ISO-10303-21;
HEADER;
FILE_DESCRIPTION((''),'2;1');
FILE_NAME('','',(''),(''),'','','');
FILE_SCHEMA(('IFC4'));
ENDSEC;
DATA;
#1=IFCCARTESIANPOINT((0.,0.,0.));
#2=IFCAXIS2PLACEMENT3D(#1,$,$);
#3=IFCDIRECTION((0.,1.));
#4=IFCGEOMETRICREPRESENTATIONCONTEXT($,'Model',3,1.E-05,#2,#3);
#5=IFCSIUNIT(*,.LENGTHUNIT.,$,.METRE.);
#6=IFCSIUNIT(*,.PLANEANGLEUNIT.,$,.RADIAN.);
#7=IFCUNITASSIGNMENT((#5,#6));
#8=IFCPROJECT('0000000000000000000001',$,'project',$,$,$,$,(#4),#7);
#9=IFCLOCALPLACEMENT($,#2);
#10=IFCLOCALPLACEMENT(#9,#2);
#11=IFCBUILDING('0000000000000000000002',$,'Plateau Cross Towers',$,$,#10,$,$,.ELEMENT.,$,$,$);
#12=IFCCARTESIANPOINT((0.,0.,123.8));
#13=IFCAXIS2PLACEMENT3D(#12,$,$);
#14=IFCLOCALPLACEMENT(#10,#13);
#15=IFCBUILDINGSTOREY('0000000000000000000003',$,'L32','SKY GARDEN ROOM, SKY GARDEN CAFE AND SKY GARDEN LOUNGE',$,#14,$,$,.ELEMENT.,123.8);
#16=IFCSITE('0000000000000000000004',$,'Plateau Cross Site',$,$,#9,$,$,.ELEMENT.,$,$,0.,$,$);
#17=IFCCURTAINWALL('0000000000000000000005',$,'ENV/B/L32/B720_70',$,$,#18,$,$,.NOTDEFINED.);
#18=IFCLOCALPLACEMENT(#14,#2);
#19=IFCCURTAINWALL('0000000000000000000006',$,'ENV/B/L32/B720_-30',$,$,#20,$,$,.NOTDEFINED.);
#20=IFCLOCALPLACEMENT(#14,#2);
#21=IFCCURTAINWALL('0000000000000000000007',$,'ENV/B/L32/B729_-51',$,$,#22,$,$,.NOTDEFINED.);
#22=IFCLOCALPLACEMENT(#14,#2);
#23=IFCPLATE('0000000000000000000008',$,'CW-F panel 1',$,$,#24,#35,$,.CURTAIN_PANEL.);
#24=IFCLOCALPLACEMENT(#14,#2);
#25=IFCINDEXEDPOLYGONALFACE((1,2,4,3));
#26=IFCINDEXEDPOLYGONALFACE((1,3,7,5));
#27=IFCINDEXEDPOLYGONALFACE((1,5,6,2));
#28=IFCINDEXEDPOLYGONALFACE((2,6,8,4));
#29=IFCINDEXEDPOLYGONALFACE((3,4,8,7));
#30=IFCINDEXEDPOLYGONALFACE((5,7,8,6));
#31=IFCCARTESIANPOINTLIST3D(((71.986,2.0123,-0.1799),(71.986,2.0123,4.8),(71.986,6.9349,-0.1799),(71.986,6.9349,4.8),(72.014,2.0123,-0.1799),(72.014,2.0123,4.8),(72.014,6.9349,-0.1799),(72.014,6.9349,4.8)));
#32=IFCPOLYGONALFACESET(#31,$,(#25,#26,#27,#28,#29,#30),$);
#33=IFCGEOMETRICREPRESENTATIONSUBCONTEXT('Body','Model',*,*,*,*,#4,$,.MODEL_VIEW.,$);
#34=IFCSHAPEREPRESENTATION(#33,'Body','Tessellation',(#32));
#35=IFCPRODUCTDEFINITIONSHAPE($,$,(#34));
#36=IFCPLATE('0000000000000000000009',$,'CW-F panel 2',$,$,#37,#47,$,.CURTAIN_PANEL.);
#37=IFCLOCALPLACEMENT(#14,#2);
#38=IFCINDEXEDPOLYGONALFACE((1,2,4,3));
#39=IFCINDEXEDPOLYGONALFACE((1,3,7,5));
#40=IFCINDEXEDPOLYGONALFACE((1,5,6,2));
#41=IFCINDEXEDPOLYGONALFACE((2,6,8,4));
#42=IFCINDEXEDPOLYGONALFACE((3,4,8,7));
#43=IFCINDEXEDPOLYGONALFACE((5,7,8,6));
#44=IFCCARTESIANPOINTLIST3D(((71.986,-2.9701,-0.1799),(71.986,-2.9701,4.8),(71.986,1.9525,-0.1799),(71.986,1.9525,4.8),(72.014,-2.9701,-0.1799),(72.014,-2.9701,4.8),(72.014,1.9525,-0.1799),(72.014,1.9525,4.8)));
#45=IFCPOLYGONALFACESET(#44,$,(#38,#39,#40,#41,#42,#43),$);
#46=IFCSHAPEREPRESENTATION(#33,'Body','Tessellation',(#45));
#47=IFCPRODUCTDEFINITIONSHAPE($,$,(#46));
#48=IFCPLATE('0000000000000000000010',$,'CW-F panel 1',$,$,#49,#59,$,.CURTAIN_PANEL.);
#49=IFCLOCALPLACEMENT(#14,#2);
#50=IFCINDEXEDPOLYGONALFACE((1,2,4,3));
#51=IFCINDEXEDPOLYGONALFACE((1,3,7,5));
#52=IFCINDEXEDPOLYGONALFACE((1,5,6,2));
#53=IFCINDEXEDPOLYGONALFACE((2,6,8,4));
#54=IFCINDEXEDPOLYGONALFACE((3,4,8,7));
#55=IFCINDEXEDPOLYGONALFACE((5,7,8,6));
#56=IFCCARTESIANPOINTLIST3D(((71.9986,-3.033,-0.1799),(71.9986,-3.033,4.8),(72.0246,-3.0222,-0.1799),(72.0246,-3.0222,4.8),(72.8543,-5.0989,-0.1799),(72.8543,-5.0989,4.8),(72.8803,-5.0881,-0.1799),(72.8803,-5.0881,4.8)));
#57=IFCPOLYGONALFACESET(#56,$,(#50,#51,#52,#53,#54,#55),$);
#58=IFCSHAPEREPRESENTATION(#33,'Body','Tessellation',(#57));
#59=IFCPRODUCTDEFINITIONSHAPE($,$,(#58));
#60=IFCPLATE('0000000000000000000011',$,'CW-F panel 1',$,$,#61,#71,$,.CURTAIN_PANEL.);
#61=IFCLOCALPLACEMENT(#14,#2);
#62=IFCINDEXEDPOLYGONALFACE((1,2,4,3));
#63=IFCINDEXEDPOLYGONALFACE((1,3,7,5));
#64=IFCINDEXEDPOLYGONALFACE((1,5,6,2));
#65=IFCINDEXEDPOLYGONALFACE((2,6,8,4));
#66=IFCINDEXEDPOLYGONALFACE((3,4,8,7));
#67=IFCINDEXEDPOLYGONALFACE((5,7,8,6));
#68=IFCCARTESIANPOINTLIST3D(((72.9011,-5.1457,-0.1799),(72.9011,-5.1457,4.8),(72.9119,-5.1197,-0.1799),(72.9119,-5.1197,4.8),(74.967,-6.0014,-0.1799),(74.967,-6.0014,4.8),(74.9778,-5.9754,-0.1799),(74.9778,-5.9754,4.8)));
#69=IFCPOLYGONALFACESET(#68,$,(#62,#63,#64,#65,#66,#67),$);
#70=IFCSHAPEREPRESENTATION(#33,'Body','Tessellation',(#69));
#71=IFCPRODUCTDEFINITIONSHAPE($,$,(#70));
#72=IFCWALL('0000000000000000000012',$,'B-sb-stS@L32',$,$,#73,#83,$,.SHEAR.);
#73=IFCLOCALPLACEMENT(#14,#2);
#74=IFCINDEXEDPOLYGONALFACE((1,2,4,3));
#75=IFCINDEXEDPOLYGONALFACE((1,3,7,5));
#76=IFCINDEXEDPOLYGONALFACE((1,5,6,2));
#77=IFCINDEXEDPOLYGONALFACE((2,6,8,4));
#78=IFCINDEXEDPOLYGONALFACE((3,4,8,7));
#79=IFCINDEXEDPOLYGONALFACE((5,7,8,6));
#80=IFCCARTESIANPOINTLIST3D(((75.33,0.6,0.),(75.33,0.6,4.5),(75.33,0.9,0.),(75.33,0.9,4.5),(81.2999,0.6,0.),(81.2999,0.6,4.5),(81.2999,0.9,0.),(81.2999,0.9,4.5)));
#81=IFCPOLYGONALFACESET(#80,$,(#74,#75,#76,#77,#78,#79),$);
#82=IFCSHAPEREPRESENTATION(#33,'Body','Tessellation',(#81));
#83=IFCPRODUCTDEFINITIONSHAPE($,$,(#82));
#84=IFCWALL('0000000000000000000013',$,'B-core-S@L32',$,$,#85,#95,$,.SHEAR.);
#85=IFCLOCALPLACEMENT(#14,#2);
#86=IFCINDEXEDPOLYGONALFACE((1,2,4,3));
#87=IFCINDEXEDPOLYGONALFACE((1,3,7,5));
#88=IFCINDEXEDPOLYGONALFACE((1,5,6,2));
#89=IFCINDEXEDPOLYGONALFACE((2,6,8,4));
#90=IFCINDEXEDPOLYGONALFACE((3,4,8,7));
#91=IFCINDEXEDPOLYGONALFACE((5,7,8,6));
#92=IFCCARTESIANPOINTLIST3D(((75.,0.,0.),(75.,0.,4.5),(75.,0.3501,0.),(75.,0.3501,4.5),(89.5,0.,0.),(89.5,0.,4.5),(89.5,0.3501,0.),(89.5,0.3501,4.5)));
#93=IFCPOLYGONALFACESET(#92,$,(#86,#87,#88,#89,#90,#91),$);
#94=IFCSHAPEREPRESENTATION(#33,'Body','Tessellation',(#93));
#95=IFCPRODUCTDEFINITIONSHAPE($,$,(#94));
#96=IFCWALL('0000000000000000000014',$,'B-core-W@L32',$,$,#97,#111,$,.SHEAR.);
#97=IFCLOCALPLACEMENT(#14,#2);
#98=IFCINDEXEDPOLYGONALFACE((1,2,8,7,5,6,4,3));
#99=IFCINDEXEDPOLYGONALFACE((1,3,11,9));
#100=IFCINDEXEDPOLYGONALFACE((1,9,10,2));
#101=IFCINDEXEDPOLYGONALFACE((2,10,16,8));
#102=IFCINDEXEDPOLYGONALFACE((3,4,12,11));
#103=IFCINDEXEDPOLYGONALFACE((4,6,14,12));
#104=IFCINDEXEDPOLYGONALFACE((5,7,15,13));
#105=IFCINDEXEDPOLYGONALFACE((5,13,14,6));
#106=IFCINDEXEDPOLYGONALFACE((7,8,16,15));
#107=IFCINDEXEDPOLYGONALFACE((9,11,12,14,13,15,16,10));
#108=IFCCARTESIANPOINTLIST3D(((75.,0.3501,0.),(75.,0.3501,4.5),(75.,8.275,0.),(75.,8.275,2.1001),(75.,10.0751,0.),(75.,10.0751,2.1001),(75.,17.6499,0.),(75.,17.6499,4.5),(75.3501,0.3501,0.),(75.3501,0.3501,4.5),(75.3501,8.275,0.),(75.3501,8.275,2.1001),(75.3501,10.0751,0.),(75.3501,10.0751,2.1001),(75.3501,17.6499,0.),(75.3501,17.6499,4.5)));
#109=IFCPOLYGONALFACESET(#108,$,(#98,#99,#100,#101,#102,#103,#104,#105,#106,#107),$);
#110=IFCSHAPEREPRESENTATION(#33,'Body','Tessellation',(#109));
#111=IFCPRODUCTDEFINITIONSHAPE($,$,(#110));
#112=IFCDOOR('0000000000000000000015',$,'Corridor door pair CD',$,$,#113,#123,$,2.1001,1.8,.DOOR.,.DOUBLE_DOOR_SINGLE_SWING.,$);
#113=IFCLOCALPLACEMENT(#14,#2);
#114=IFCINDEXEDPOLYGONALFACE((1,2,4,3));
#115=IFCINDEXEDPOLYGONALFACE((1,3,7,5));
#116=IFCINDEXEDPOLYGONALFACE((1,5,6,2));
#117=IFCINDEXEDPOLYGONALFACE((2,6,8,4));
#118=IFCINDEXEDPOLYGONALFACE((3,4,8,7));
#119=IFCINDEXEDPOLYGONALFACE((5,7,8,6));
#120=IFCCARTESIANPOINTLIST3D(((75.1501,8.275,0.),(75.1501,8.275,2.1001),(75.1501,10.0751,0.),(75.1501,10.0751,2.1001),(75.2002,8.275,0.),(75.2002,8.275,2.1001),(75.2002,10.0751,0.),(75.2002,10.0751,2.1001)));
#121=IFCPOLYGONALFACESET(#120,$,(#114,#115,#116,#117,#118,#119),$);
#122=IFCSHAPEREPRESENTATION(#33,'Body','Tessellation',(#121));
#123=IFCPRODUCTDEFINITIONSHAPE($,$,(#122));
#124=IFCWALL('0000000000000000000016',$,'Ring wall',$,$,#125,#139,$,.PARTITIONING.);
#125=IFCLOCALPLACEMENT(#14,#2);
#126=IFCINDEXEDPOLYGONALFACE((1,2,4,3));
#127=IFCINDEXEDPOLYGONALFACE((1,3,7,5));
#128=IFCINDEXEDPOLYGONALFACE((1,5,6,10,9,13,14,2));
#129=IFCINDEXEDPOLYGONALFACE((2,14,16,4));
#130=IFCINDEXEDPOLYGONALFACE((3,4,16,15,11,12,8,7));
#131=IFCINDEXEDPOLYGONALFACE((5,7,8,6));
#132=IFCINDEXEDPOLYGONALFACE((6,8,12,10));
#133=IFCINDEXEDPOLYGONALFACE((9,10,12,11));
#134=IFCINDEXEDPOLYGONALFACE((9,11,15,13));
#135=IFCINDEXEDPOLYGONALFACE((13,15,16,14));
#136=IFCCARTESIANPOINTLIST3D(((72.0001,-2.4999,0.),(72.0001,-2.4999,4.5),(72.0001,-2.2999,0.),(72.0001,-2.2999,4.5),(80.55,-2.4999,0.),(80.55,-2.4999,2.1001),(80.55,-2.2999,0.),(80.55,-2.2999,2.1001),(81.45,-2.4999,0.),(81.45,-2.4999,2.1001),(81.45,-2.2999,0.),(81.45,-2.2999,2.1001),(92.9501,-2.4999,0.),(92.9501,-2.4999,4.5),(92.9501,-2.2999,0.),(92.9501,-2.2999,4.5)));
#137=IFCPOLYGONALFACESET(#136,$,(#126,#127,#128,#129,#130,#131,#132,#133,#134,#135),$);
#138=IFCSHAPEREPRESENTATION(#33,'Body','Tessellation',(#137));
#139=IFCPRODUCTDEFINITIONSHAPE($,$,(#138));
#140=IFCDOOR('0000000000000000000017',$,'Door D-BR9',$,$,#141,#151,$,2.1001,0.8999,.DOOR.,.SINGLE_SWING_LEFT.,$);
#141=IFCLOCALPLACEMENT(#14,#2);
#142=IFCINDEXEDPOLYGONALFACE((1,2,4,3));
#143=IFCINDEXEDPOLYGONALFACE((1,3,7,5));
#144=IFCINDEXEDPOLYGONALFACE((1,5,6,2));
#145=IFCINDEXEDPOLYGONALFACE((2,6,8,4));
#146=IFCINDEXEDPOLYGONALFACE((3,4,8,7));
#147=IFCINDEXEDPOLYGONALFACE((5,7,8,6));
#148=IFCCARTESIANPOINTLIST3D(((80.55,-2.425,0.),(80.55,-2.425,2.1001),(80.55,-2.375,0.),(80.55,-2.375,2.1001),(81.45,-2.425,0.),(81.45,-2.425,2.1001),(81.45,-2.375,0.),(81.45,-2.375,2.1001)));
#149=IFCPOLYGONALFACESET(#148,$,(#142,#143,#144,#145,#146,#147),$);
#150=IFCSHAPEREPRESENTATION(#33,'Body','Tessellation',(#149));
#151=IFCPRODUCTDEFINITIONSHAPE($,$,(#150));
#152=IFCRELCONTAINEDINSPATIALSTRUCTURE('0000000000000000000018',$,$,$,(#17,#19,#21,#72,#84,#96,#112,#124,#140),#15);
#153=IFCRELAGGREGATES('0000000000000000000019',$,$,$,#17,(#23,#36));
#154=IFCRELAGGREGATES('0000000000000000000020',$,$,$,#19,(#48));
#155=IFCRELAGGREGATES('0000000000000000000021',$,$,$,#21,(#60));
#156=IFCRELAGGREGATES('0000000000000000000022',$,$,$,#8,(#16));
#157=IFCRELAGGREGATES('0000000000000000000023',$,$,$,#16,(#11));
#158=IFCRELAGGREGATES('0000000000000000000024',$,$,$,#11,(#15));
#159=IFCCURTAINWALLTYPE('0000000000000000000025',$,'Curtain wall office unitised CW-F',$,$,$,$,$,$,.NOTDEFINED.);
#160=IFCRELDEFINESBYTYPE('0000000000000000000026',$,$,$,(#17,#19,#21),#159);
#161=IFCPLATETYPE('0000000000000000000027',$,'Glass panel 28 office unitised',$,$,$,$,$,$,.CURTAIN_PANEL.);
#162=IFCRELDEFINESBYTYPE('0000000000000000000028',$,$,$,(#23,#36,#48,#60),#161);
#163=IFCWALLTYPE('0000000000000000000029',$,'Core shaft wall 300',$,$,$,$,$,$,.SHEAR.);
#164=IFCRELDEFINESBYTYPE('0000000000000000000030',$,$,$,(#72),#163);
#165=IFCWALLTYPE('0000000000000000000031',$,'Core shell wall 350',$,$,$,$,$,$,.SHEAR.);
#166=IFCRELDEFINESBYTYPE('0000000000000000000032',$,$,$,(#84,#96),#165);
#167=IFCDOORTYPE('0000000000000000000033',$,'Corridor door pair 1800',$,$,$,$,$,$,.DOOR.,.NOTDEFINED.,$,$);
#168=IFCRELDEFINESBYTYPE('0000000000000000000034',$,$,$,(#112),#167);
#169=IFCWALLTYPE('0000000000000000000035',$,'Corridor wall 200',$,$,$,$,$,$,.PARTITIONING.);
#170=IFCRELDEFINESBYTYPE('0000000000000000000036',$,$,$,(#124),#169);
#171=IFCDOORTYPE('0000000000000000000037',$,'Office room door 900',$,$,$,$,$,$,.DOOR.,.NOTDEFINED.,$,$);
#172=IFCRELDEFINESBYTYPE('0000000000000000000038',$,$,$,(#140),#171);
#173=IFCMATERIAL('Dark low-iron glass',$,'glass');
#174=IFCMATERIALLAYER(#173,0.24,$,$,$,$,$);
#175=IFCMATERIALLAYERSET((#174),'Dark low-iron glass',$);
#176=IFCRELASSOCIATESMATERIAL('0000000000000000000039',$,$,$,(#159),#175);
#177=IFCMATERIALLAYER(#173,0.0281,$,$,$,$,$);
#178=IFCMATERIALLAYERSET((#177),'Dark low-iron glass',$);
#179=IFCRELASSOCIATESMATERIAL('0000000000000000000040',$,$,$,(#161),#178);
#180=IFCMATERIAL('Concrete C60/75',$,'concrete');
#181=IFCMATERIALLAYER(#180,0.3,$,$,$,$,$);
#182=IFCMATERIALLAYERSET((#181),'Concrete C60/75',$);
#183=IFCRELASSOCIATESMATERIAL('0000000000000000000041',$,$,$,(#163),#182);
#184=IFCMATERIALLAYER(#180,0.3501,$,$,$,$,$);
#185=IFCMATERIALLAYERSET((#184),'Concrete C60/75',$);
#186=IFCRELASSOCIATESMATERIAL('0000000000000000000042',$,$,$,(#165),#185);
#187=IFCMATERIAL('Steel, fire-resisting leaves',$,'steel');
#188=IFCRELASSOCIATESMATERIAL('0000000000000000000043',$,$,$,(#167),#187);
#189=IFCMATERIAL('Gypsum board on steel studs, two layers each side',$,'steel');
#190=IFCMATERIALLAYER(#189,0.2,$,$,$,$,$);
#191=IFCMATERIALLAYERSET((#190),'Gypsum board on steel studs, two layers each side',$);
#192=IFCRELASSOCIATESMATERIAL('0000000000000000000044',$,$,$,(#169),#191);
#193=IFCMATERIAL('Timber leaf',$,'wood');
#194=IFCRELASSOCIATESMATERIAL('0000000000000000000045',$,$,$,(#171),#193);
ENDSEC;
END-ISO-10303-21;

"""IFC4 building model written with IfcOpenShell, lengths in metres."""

from ifc_helpers import new_model, si_unit, direction, frame, frame_2d, origin, origin_2d, place, context, subcontext, project, spatial, rectangle, extrude, material, layer, layer_set, type_object, element, fill, aggregate, save


model = new_model("IFC4")

# Units and contexts
model_context = context("Model", 3, precision=1e-05, world=origin(), true_north=direction((0.0, 1.0)))
body_context = subcontext(model_context, "Body", "Model", "MODEL_VIEW")
ifc_project = project(units=[si_unit("LENGTHUNIT", "METRE"), si_unit("PLANEANGLEUNIT", "RADIAN")], contexts=[model_context])

# Site, building, storey
site_placement = place(None, origin())
site = spatial("IfcSite", under=ifc_project, at=site_placement, Name="Plateau Cross Site", CompositionType="ELEMENT", RefElevation=0.0)
building_placement = place(site_placement, origin())
building = spatial("IfcBuilding", under=site, at=building_placement, Name="Plateau Cross Towers", CompositionType="ELEMENT")
storey_placement = place(building_placement, frame((0.0, 0.0, 123.8)))
storey = spatial("IfcBuildingStorey", under=building, at=storey_placement, Name="L32", Description="SKY GARDEN ROOM, SKY GARDEN CAFE AND SKY GARDEN LOUNGE", CompositionType="ELEMENT", Elevation=123.8)

# Shared definitions
ifc_material_1 = material(Name="Concrete C60/75", Category="concrete")

# Shared definitions
ifc_material_2 = material(Name="Dark low-iron glass", Category="glass")
ifc_layer_1 = layer(ifc_material_2, 0.24)
ifc_layer_set_1 = layer_set([ifc_layer_1], Name="Dark low-iron glass")
curtain_wall_type = type_object("IfcCurtainWallType", Name="Curtain wall office unitised CW-F", PredefinedType="NOTDEFINED", material=ifc_layer_set_1)

# Curtain wall
curtain_wall_1_placement = place(storey_placement, origin())
curtain_wall_1 = element("IfcCurtainWall", 1, at=curtain_wall_1_placement, inside=storey, type_object=curtain_wall_type, Name="ENV/B/L32/B720_70", PredefinedType="NOTDEFINED")

# Curtain walls
curtain_wall_2_placement = place(storey_placement, origin())
curtain_wall_2 = element("IfcCurtainWall", 2, at=curtain_wall_2_placement, inside=storey, type_object=curtain_wall_type, Name="ENV/B/L32/B720_-30", PredefinedType="NOTDEFINED")
curtain_wall_3_placement = place(storey_placement, origin())
curtain_wall_3 = element("IfcCurtainWall", 3, at=curtain_wall_3_placement, inside=storey, type_object=curtain_wall_type, Name="ENV/B/L32/B729_-51", PredefinedType="NOTDEFINED")

# Plates
ifc_layer_2 = layer(ifc_material_2, 0.0281)
ifc_layer_set_2 = layer_set([ifc_layer_2], Name="Dark low-iron glass")
plate_type = type_object("IfcPlateType", Name="Glass panel 28 office unitised", PredefinedType="CURTAIN_PANEL", material=ifc_layer_set_2)
plate_1_placement = place(storey_placement, frame((72.0, 4.4736, -0.1799), z_axis=(0.0, 0.0, 1.0), x_axis=(0.0, -1.0, 0.0)))
plate_1 = element("IfcPlate", 4, at=plate_1_placement, type_object=plate_type, Name="CW-F panel 1", PredefinedType="CURTAIN_PANEL", context=body_context, shape_type="SweptSolid", body=[
    extrude(rectangle(XDim=4.9226, YDim=0.0281, at=origin_2d()), origin(), (0.0, 0.0, 1.0), 4.98),
])
plate_2_placement = place(storey_placement, frame((72.0, -0.5088, -0.1799), z_axis=(0.0, 0.0, 1.0), x_axis=(0.0, -1.0, 0.0)))
plate_2 = element("IfcPlate", 5, at=plate_2_placement, type_object=plate_type, Name="CW-F panel 2", PredefinedType="CURTAIN_PANEL", context=body_context, shape_type="SweptSolid", body=[
    extrude(rectangle(XDim=4.9226, YDim=0.0281, at=origin_2d()), origin(), (0.0, 0.0, 1.0), 4.98),
])
aggregate(curtain_wall_1, [plate_1, plate_2])
plate_3_placement = place(storey_placement, frame((72.4395, -4.0605, -0.1799), z_axis=(0.0, 0.0, 1.0), x_axis=(0.382684, -0.923879, 0.0)))
plate_3 = element("IfcPlate", 6, at=plate_3_placement, type_object=plate_type, Name="CW-F panel 1", PredefinedType="CURTAIN_PANEL", context=body_context, shape_type="SweptSolid", body=[
    extrude(rectangle(XDim=2.2361, YDim=0.0281, at=origin_2d()), origin(), (0.0, 0.0, 1.0), 4.98),
])
aggregate(curtain_wall_2, [plate_3])
plate_4_placement = place(storey_placement, frame((73.9395, -5.5605, -0.1799), z_axis=(0.0, 0.0, 1.0), x_axis=(0.923879, -0.382684, 0.0)))
plate_4 = element("IfcPlate", 7, at=plate_4_placement, type_object=plate_type, Name="CW-F panel 1", PredefinedType="CURTAIN_PANEL", context=body_context, shape_type="SweptSolid", body=[
    extrude(rectangle(XDim=2.2361, YDim=0.0281, at=origin_2d()), origin(), (0.0, 0.0, 1.0), 4.98),
])
aggregate(curtain_wall_3, [plate_4])

# Walls
ifc_layer_3 = layer(ifc_material_1, 0.3)
ifc_layer_set_3 = layer_set([ifc_layer_3], Name="Concrete C60/75")
wall_type_1 = type_object("IfcWallType", Name="Core shaft wall 300", PredefinedType="SHEAR", material=ifc_layer_set_3)
wall_1_placement = place(storey_placement, frame((75.3301, 0.75, 0.0), z_axis=(0.0, 0.0, 1.0), x_axis=(1.0, 0.0, 0.0)))
element("IfcWall", 8, at=wall_1_placement, inside=storey, type_object=wall_type_1, Name="B-sb-stS@L32", PredefinedType="SHEAR", context=body_context, shape_type="SweptSolid", body=[
    extrude(rectangle(XDim=5.97, YDim=0.3, at=frame_2d((2.9849, 0.0))), origin(), (0.0, 0.0, 1.0), 4.5),
])
ifc_layer_4 = layer(ifc_material_1, 0.3501)
ifc_layer_set_4 = layer_set([ifc_layer_4], Name="Concrete C60/75")
wall_type_2 = type_object("IfcWallType", Name="Core shell wall 350", PredefinedType="SHEAR", material=ifc_layer_set_4)
wall_2_placement = place(storey_placement, frame((75.0, 0.175, 0.0), z_axis=(0.0, 0.0, 1.0), x_axis=(1.0, 0.0, 0.0)))
element("IfcWall", 9, at=wall_2_placement, inside=storey, type_object=wall_type_2, Name="B-core-S@L32", PredefinedType="SHEAR", context=body_context, shape_type="SweptSolid", body=[
    extrude(rectangle(XDim=14.5, YDim=0.3501, at=frame_2d((7.25, 0.0))), origin(), (0.0, 0.0, 1.0), 4.5),
])

# Walls, openings, doors
wall_3_placement = place(storey_placement, frame((75.175, 0.3501, 0.0), z_axis=(0.0, 0.0, 1.0), x_axis=(0.0, 1.0, 0.0)))
wall_3 = element("IfcWall", 10, at=wall_3_placement, inside=storey, type_object=wall_type_2, Name="B-core-W@L32", PredefinedType="SHEAR", context=body_context, shape_type="SweptSolid", body=[
    extrude(rectangle(XDim=17.2998, YDim=0.3501, at=frame_2d((8.6499, 0.0))), origin(), (0.0, 0.0, 1.0), 4.5),
])
opening_1_placement = place(wall_3_placement, frame((7.925, 0.0, 0.0)))
opening_1 = element("IfcOpeningElement", 11, at=opening_1_placement, cuts=wall_3, PredefinedType="OPENING", context=body_context, shape_type="SweptSolid", body=[
    extrude(rectangle(XDim=1.8, YDim=2.1001, at=frame_2d((0.8999, 1.05))), frame((0.0, 0.1851, 0.0), z_axis=(0.0, -1.0, 0.0), x_axis=(1.0, 0.0, 0.0)), (0.0, 0.0, 1.0), 0.3701),
])
ifc_material_3 = material(Name="Steel, fire-resisting leaves", Category="steel")
door_type_1 = type_object("IfcDoorType", Name="Corridor door pair 1800", OperationType="NOTDEFINED", PredefinedType="DOOR", material=ifc_material_3)
door_1_placement = place(opening_1_placement, origin())
door_1 = element("IfcDoor", 12, at=door_1_placement, inside=storey, type_object=door_type_1, Name="Corridor door pair CD", OperationType="DOUBLE_DOOR_SINGLE_SWING", OverallHeight=2.1001, OverallWidth=1.8, PredefinedType="DOOR", context=body_context, shape_type="SweptSolid", body=[
    extrude(rectangle(XDim=1.8, YDim=2.1001, at=frame_2d((0.8999, 1.05))), frame((0.0, 0.0249, 0.0), z_axis=(0.0, -1.0, 0.0), x_axis=(1.0, 0.0, 0.0)), (0.0, 0.0, 1.0), 0.05),
])
fill(opening_1, door_1)
ifc_material_4 = material(Name="Gypsum board on steel studs, two layers each side", Category="steel")
ifc_layer_5 = layer(ifc_material_4, 0.2)
ifc_layer_set_5 = layer_set([ifc_layer_5], Name="Gypsum board on steel studs, two layers each side")
wall_type_3 = type_object("IfcWallType", Name="Corridor wall 200", PredefinedType="PARTITIONING", material=ifc_layer_set_5)
wall_4_placement = place(storey_placement, frame((72.0, -2.3999, 0.0), z_axis=(0.0, 0.0, 1.0), x_axis=(1.0, 0.0, 0.0)))
wall_4 = element("IfcWall", 13, at=wall_4_placement, inside=storey, type_object=wall_type_3, Name="Ring wall", PredefinedType="PARTITIONING", context=body_context, shape_type="SweptSolid", body=[
    extrude(rectangle(XDim=20.95, YDim=0.2, at=frame_2d((10.4751, 0.0))), origin(), (0.0, 0.0, 1.0), 4.5),
])
opening_2_placement = place(wall_4_placement, frame((8.55, 0.0, 0.0)))
opening_2 = element("IfcOpeningElement", 14, at=opening_2_placement, cuts=wall_4, PredefinedType="OPENING", context=body_context, shape_type="SweptSolid", body=[
    extrude(rectangle(XDim=0.8999, YDim=2.1001, at=frame_2d((0.45, 1.05))), frame((0.0, 0.1099, 0.0), z_axis=(0.0, -1.0, 0.0), x_axis=(1.0, 0.0, 0.0)), (0.0, 0.0, 1.0), 0.22),
])
ifc_material_5 = material(Name="Timber leaf", Category="wood")
door_type_2 = type_object("IfcDoorType", Name="Office room door 900", OperationType="NOTDEFINED", PredefinedType="DOOR", material=ifc_material_5)
door_2_placement = place(opening_2_placement, origin())
door_2 = element("IfcDoor", 15, at=door_2_placement, inside=storey, type_object=door_type_2, Name="Door D-BR9", OperationType="SINGLE_SWING_LEFT", OverallHeight=2.1001, OverallWidth=0.8999, PredefinedType="DOOR", context=body_context, shape_type="SweptSolid", body=[
    extrude(rectangle(XDim=0.8999, YDim=2.1001, at=frame_2d((0.45, 1.05))), frame((0.0, 0.0249, 0.0), z_axis=(0.0, -1.0, 0.0), x_axis=(1.0, 0.0, 0.0)), (0.0, 0.0, 1.0), 0.05),
])
fill(opening_2, door_2)

save(model, "model.ifc")
